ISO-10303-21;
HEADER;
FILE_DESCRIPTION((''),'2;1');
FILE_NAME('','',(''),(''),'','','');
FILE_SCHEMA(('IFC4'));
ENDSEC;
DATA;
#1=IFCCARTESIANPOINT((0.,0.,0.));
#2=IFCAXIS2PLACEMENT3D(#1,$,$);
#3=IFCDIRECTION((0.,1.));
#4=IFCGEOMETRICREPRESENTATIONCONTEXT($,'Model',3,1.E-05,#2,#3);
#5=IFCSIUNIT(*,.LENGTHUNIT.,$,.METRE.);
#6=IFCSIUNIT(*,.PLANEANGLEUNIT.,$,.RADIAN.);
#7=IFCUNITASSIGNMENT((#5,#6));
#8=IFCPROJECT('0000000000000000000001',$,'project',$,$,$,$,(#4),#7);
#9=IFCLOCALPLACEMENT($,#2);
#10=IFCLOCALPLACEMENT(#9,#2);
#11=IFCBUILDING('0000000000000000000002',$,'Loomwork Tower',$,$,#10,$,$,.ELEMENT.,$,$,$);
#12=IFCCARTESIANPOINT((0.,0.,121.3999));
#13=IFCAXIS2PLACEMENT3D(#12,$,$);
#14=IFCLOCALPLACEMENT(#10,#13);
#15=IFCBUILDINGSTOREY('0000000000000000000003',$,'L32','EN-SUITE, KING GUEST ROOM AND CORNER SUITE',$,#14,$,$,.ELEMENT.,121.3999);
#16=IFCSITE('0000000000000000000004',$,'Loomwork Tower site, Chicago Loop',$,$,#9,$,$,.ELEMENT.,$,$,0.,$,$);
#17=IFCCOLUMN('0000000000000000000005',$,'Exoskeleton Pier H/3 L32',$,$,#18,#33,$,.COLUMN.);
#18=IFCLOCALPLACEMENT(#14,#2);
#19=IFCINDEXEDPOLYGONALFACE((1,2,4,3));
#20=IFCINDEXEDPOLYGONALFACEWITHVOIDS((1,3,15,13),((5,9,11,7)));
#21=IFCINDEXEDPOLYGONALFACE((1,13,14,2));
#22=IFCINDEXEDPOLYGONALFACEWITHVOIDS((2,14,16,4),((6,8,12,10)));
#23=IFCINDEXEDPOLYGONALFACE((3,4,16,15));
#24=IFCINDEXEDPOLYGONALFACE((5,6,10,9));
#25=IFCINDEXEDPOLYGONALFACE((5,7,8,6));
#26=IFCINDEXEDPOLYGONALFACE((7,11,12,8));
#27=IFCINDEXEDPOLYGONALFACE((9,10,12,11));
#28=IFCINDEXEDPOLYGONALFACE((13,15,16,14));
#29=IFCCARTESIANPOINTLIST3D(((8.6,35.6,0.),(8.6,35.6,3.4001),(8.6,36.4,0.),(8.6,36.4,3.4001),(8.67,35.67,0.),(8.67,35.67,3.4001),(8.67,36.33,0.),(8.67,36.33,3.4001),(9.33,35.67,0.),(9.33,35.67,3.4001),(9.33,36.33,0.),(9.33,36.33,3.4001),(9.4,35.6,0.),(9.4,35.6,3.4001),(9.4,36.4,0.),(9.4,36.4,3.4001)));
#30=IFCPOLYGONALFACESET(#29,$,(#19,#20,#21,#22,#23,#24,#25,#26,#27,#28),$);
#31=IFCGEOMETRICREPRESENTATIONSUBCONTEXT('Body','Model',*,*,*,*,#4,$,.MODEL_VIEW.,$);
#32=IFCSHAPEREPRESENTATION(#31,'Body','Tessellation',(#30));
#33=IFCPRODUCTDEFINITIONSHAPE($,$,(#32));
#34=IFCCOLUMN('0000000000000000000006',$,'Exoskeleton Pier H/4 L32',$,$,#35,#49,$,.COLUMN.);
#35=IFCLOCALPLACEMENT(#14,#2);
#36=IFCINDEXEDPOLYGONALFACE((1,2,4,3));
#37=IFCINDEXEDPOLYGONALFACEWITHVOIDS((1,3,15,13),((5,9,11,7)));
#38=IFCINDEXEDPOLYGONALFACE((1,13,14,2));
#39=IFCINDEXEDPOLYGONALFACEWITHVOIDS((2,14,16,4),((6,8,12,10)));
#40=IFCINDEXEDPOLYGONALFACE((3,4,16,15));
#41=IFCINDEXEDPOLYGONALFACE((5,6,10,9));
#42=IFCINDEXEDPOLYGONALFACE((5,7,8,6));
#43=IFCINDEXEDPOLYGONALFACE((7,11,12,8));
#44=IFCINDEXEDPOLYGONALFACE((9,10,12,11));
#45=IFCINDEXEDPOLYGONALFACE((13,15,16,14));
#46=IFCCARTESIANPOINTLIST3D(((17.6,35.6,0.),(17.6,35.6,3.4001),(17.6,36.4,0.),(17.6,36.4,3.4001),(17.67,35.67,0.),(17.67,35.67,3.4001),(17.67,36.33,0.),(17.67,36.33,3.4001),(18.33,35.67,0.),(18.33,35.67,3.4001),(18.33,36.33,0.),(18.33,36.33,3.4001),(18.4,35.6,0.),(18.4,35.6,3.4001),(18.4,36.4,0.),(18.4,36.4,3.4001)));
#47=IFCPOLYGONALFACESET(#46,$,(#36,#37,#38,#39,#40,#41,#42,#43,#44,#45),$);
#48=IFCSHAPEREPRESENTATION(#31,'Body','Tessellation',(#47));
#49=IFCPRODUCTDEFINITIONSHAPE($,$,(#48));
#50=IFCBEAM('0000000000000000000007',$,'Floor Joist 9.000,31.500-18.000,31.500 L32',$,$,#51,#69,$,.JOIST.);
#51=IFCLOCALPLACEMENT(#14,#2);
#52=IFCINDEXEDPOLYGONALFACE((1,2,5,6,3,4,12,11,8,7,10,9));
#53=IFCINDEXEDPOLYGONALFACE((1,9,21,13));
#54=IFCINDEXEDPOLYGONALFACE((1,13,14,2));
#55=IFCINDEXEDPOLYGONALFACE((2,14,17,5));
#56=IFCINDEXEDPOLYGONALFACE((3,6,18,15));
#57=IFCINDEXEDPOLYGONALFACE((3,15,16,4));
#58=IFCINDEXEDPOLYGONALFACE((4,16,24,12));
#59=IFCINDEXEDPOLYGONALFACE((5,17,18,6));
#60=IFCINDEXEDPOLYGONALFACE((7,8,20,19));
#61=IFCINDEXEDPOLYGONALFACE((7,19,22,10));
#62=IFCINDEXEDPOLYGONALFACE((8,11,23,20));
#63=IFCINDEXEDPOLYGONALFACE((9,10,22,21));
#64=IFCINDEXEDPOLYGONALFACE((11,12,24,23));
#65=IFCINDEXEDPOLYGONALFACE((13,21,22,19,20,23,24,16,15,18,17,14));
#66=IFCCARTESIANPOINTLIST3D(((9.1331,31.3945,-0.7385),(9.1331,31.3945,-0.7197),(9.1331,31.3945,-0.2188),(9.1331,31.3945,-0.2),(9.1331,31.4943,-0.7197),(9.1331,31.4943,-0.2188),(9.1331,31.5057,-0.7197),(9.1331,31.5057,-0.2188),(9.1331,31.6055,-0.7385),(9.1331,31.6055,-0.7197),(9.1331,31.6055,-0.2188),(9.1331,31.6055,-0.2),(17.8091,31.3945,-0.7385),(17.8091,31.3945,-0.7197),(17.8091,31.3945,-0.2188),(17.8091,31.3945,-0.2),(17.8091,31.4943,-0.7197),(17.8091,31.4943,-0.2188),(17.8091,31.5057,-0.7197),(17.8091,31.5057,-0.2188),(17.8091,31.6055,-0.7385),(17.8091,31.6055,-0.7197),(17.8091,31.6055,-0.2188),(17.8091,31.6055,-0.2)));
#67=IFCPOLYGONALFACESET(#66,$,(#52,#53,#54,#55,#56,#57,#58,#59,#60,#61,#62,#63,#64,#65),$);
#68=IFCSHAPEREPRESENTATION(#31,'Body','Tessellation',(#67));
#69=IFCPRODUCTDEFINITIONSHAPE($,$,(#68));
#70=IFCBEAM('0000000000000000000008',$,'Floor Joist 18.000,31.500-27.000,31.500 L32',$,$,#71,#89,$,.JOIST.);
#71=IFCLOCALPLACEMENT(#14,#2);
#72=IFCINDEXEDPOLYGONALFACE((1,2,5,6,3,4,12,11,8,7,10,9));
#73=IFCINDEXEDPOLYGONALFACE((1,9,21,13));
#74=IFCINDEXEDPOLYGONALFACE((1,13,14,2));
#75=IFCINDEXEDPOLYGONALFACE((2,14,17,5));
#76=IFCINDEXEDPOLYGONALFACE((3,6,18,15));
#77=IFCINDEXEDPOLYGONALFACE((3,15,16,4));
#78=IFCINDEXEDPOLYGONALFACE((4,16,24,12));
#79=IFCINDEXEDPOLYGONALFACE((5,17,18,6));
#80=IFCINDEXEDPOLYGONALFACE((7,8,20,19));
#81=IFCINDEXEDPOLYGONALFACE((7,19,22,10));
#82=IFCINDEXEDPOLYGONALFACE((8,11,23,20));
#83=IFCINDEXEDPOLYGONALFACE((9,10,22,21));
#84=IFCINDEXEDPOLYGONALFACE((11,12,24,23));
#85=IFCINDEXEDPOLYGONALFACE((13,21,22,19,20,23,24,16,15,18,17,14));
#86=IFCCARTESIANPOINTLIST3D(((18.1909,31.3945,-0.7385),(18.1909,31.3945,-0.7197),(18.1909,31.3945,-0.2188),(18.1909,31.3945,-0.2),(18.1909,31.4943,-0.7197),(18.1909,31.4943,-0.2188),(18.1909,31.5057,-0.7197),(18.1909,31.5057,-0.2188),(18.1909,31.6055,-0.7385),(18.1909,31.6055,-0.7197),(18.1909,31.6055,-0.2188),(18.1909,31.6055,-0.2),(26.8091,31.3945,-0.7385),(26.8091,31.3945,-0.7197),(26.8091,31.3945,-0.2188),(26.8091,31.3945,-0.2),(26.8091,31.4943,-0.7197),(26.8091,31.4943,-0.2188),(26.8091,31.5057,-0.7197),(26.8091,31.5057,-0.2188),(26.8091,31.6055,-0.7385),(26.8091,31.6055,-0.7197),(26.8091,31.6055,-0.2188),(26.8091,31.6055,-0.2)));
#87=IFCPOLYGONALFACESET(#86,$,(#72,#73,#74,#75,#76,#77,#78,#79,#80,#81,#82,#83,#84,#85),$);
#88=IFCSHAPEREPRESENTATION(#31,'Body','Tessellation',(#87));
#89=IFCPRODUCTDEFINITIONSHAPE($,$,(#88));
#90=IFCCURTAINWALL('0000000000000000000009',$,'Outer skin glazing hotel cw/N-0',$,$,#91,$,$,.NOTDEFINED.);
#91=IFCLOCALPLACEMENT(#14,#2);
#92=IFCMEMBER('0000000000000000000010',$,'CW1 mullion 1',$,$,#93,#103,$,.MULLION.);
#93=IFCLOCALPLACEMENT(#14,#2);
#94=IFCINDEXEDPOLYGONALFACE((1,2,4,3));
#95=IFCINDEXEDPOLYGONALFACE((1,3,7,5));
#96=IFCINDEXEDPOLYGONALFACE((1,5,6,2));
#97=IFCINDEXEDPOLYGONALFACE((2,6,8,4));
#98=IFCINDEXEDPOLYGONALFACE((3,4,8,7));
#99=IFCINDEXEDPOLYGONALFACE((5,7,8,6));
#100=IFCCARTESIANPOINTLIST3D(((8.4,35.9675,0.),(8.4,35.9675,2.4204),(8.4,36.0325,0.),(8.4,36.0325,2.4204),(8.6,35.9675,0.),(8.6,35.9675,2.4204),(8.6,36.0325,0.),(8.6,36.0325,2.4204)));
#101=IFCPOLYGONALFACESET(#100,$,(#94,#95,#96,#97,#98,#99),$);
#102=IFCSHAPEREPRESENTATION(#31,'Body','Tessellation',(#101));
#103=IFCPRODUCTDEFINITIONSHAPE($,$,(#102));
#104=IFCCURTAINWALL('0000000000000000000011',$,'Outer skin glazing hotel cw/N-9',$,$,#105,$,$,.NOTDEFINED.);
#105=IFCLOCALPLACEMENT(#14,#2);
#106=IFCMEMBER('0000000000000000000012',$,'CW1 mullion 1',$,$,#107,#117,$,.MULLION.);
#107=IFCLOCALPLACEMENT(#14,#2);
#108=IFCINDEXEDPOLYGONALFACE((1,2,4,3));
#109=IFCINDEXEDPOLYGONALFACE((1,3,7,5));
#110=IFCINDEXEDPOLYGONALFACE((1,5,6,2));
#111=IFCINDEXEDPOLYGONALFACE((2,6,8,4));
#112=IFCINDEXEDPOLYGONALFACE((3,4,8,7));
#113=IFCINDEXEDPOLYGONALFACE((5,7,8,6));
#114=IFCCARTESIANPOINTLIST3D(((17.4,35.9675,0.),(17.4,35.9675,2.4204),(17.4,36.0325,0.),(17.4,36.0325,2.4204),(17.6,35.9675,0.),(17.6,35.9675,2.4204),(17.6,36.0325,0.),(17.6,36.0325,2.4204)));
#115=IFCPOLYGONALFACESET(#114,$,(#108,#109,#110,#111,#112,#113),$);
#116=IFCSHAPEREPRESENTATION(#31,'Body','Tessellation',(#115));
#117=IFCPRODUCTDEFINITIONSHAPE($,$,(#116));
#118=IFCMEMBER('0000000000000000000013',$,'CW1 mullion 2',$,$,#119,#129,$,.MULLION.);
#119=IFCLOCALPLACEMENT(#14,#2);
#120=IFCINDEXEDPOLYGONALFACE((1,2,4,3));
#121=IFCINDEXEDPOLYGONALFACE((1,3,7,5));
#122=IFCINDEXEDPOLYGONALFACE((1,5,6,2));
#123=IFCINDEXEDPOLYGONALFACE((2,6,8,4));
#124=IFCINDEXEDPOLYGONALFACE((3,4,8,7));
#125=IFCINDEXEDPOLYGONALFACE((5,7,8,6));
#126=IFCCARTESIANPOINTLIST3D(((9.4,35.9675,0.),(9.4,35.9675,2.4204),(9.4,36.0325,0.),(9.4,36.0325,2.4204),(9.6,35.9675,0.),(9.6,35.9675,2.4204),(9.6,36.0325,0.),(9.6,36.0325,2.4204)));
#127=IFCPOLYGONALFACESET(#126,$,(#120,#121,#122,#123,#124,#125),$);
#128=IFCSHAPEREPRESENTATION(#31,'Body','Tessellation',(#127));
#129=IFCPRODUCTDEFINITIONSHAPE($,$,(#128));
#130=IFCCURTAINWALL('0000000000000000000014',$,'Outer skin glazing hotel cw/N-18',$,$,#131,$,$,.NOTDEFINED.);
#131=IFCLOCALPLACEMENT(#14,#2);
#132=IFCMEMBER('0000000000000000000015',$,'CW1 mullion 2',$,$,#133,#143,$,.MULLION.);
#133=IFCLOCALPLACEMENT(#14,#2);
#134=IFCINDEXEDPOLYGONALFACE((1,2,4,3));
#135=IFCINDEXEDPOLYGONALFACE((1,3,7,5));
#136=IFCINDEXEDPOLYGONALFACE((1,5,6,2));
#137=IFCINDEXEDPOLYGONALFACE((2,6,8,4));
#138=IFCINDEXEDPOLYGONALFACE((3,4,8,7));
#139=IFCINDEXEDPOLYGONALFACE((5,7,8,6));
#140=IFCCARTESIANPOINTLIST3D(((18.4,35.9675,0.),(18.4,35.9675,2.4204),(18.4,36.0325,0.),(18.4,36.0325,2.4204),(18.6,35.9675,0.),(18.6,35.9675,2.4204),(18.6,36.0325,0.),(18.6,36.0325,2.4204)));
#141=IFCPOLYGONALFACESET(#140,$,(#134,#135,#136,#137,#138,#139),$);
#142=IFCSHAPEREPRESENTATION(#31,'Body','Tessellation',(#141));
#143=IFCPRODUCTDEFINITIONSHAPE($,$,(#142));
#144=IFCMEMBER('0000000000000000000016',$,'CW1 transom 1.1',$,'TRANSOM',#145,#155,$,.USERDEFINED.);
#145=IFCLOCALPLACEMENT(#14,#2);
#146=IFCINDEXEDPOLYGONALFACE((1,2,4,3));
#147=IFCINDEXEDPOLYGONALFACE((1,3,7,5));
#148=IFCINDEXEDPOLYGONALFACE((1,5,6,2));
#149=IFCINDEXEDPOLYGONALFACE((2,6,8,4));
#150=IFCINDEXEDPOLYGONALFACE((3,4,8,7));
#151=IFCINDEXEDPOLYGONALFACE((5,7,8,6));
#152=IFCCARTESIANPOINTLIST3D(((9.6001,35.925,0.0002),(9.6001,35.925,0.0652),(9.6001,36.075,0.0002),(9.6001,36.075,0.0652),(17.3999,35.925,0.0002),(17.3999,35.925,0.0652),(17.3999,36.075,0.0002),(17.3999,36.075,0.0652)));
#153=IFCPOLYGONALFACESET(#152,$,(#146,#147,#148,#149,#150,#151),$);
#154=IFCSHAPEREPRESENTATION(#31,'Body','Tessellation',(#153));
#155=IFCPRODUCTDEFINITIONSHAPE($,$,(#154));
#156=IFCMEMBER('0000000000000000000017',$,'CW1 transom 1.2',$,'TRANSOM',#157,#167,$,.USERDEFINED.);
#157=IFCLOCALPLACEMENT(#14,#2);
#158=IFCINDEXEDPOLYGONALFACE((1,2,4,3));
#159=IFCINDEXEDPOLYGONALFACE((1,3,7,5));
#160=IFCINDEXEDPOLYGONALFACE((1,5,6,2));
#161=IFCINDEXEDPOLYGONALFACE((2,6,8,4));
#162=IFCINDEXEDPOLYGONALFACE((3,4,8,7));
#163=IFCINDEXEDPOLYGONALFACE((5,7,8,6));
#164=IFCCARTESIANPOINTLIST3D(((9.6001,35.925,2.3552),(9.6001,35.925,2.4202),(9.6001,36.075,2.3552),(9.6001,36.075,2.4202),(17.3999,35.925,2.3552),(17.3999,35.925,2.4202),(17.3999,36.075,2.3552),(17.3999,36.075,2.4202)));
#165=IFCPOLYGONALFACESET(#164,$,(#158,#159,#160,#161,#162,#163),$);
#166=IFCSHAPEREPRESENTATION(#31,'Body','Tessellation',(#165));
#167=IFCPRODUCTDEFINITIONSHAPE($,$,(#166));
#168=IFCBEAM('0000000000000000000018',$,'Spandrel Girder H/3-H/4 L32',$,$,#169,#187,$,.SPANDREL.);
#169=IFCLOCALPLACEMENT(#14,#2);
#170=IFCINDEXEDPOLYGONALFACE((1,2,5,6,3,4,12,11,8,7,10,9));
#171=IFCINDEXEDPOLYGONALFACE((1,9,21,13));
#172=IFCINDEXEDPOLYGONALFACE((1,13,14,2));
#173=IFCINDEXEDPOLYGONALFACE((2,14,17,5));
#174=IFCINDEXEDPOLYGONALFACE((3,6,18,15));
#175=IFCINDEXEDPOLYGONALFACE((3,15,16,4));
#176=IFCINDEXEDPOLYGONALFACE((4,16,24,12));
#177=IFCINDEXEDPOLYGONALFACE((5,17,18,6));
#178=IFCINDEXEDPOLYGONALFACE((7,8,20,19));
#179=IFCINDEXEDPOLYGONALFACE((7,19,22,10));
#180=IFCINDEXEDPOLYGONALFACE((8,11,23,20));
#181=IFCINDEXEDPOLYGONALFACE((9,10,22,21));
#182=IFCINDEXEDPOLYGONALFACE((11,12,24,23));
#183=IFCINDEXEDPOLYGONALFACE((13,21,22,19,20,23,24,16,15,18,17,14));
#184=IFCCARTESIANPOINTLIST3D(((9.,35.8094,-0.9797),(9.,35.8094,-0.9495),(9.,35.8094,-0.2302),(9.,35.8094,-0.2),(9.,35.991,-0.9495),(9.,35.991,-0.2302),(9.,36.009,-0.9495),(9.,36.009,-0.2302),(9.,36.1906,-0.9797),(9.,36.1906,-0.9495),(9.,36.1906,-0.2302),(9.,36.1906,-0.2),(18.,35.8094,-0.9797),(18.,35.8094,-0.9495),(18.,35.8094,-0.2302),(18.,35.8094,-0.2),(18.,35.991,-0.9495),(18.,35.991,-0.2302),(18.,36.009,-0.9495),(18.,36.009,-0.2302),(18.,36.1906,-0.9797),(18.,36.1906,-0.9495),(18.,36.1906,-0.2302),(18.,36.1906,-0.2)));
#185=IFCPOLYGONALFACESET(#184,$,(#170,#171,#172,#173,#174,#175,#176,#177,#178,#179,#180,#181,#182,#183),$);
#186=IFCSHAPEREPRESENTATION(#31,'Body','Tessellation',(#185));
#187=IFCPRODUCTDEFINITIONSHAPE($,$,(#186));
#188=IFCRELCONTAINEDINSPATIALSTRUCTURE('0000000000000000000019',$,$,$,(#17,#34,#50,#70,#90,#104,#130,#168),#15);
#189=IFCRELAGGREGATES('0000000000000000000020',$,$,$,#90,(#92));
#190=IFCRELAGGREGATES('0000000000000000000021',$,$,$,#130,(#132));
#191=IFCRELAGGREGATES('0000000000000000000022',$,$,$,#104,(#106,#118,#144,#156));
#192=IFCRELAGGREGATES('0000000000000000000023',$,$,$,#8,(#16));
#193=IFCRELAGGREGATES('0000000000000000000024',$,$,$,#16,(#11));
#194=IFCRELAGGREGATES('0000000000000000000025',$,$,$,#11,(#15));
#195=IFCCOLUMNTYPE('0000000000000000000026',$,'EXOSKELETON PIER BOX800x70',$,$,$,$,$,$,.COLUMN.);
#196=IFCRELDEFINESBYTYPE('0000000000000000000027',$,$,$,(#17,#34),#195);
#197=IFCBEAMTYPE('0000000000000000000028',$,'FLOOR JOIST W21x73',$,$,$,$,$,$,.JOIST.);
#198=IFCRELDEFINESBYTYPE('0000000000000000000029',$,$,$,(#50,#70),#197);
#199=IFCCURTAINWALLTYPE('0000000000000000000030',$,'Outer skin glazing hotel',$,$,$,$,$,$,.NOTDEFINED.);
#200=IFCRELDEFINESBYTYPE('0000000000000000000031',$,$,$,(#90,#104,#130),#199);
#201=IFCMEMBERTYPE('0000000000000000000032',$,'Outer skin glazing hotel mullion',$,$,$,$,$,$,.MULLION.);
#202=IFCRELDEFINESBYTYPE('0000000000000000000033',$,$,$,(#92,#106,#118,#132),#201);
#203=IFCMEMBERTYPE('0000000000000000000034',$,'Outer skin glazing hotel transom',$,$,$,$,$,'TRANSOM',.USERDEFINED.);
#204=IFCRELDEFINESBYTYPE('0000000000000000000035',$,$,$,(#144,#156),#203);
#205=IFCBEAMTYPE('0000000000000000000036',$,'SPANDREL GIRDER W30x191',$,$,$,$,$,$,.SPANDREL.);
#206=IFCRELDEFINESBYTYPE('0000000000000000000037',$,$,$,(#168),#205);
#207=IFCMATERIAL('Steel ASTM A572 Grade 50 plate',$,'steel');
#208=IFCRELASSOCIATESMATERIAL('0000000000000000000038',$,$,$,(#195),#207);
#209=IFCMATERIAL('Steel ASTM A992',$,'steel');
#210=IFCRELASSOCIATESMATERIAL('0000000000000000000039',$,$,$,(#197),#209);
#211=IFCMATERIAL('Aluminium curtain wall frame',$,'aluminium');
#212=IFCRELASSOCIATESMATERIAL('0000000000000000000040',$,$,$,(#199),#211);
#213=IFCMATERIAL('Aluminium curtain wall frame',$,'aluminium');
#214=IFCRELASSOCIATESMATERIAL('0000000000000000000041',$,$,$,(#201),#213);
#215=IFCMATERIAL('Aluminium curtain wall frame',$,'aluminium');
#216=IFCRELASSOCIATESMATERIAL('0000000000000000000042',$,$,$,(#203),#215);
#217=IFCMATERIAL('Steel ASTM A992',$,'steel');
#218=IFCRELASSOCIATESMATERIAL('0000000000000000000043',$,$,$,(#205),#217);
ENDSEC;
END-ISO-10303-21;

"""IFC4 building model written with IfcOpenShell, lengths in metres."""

from ifc_helpers import new_model, si_unit, direction, frame, origin, origin_2d, place, context, subcontext, project, spatial, rectangle, hollow_rectangle, i_section, extrude, material, material_profile, profile_set, type_object, element, aggregate, save


model = new_model("IFC4")

# Units and contexts
model_context = context("Model", 3, precision=1e-05, world=origin(), true_north=direction((0.0, 1.0)))
body_context = subcontext(model_context, "Body", "Model", "MODEL_VIEW")
ifc_project = project(units=[si_unit("LENGTHUNIT", "METRE"), si_unit("PLANEANGLEUNIT", "RADIAN")], contexts=[model_context])

# Site, building, storey
site_placement = place(None, origin())
site = spatial("IfcSite", under=ifc_project, at=site_placement, Name="Loomwork Tower site, Chicago Loop", CompositionType="ELEMENT", RefElevation=0.0)
building_placement = place(site_placement, origin())
building = spatial("IfcBuilding", under=site, at=building_placement, Name="Loomwork Tower", CompositionType="ELEMENT")
storey_placement = place(building_placement, frame((0.0, 0.0, 121.3999)))
storey = spatial("IfcBuildingStorey", under=building, at=storey_placement, Name="L32", Description="EN-SUITE, KING GUEST ROOM AND CORNER SUITE", CompositionType="ELEMENT", Elevation=121.3999)

# Columns
ifc_material_1 = material(Name="Steel ASTM A572 Grade 50 plate", Category="steel")
ifc_material_profile_1 = material_profile(ifc_material_1, hollow_rectangle(XDim=0.8, YDim=0.8, WallThickness=0.0701, at=origin_2d()), Name="BOX800x70")
ifc_profile_set_1 = profile_set([ifc_material_profile_1], Name="Steel ASTM A572 Grade 50 plate")
column_type = type_object("IfcColumnType", Name="EXOSKELETON PIER BOX800x70", PredefinedType="COLUMN", material=ifc_profile_set_1)
for number, where, z_axis, x_axis, name in (
    (1, (9.0, 36.0, 0.0), (0.0, 0.0, 1.0), (1.0, 0.0, 0.0), "Exoskeleton Pier H/3 L32"),
    (2, (18.0, 36.0, 0.0), (0.0, 0.0, 1.0), (1.0, 0.0, 0.0), "Exoskeleton Pier H/4 L32"),
):
    element("IfcColumn", number, at=place(storey_placement, frame(where, z_axis=z_axis, x_axis=x_axis)), inside=storey, type_object=column_type, Name=name, PredefinedType="COLUMN", context=body_context, shape_type="SweptSolid", body=[
        extrude(hollow_rectangle(XDim=0.8, YDim=0.8, WallThickness=0.0701, at=origin_2d()), origin(), (0.0, 0.0, 1.0), 3.4001),
    ])

# Beams
ifc_material_2 = material(Name="Steel ASTM A992", Category="steel")
ifc_material_profile_2 = material_profile(ifc_material_2, i_section(OverallWidth=0.2109, OverallDepth=0.5386, WebThickness=0.0115, FlangeThickness=0.0188, at=origin_2d()), Name="W21x73")
ifc_profile_set_2 = profile_set([ifc_material_profile_2], Name="Steel ASTM A992")
beam_type_1 = type_object("IfcBeamType", Name="FLOOR JOIST W21x73", PredefinedType="JOIST", material=ifc_profile_set_2)
beam_1_placement = place(storey_placement, frame((9.1331, 31.5, -0.4692), z_axis=(1.0, 0.0, 0.0), x_axis=(0.0, 1.0, 0.0)))
element("IfcBeam", 3, at=beam_1_placement, inside=storey, type_object=beam_type_1, Name="Floor Joist 9.000,31.500-18.000,31.500 L32", PredefinedType="JOIST", context=body_context, shape_type="SweptSolid", body=[
    extrude(i_section(OverallWidth=0.2109, OverallDepth=0.5386, WebThickness=0.0115, FlangeThickness=0.0188, at=origin_2d()), origin(), (0.0, 0.0, 1.0), 8.676),
])
beam_2_placement = place(storey_placement, frame((18.1909, 31.5, -0.4692), z_axis=(1.0, 0.0, 0.0), x_axis=(0.0, 1.0, 0.0)))
element("IfcBeam", 4, at=beam_2_placement, inside=storey, type_object=beam_type_1, Name="Floor Joist 18.000,31.500-27.000,31.500 L32", PredefinedType="JOIST", context=body_context, shape_type="SweptSolid", body=[
    extrude(i_section(OverallWidth=0.2109, OverallDepth=0.5386, WebThickness=0.0115, FlangeThickness=0.0188, at=origin_2d()), origin(), (0.0, 0.0, 1.0), 8.6182),
])

# Curtain wall, member
ifc_material_3 = material(Name="Aluminium curtain wall frame", Category="aluminium")
curtain_wall_type = type_object("IfcCurtainWallType", Name="Outer skin glazing hotel", PredefinedType="NOTDEFINED", material=ifc_material_3)
curtain_wall_1_placement = place(storey_placement, origin())
curtain_wall_1 = element("IfcCurtainWall", 5, at=curtain_wall_1_placement, inside=storey, type_object=curtain_wall_type, Name="Outer skin glazing hotel cw/N-0", PredefinedType="NOTDEFINED")
ifc_material_4 = material(Name="Aluminium curtain wall frame", Category="aluminium")
ifc_material_profile_3 = material_profile(ifc_material_4, rectangle(XDim=0.0649, YDim=0.2, at=origin_2d()), Name="AL 65x200")
ifc_profile_set_3 = profile_set([ifc_material_profile_3], Name="Aluminium curtain wall frame")
member_type_1 = type_object("IfcMemberType", Name="Outer skin glazing hotel mullion", PredefinedType="MULLION", material=ifc_profile_set_3)
member_1_placement = place(storey_placement, frame((8.5, 36.0, 0.0), z_axis=(0.0, 0.0, 1.0), x_axis=(0.0, -1.0, 0.0)))
member_1 = element("IfcMember", 6, at=member_1_placement, type_object=member_type_1, Name="CW1 mullion 1", PredefinedType="MULLION", context=body_context, shape_type="SweptSolid", body=[
    extrude(rectangle(XDim=0.0649, YDim=0.2, at=origin_2d()), origin(), (0.0, 0.0, 1.0), 2.4204),
])
aggregate(curtain_wall_1, [member_1])

# Curtain wall, members
curtain_wall_2_placement = place(storey_placement, origin())
curtain_wall_2 = element("IfcCurtainWall", 7, at=curtain_wall_2_placement, inside=storey, type_object=curtain_wall_type, Name="Outer skin glazing hotel cw/N-9", PredefinedType="NOTDEFINED")
member_2_placement = place(storey_placement, frame((17.5, 36.0, 0.0), z_axis=(0.0, 0.0, 1.0), x_axis=(0.0, -1.0, 0.0)))
member_2 = element("IfcMember", 8, at=member_2_placement, type_object=member_type_1, Name="CW1 mullion 1", PredefinedType="MULLION", context=body_context, shape_type="SweptSolid", body=[
    extrude(rectangle(XDim=0.0649, YDim=0.2, at=origin_2d()), origin(), (0.0, 0.0, 1.0), 2.4204),
])
member_3_placement = place(storey_placement, frame((9.5, 36.0, 0.0), z_axis=(0.0, 0.0, 1.0), x_axis=(0.0, -1.0, 0.0)))
member_3 = element("IfcMember", 9, at=member_3_placement, type_object=member_type_1, Name="CW1 mullion 2", PredefinedType="MULLION", context=body_context, shape_type="SweptSolid", body=[
    extrude(rectangle(XDim=0.0649, YDim=0.2, at=origin_2d()), origin(), (0.0, 0.0, 1.0), 2.4204),
])

# Curtain wall, member
curtain_wall_3_placement = place(storey_placement, origin())
curtain_wall_3 = element("IfcCurtainWall", 10, at=curtain_wall_3_placement, inside=storey, type_object=curtain_wall_type, Name="Outer skin glazing hotel cw/N-18", PredefinedType="NOTDEFINED")
member_4_placement = place(storey_placement, frame((18.5, 36.0, 0.0), z_axis=(0.0, 0.0, 1.0), x_axis=(0.0, -1.0, 0.0)))
member_4 = element("IfcMember", 11, at=member_4_placement, type_object=member_type_1, Name="CW1 mullion 2", PredefinedType="MULLION", context=body_context, shape_type="SweptSolid", body=[
    extrude(rectangle(XDim=0.0649, YDim=0.2, at=origin_2d()), origin(), (0.0, 0.0, 1.0), 2.4204),
])
aggregate(curtain_wall_3, [member_4])

# Members
ifc_material_5 = material(Name="Aluminium curtain wall frame", Category="aluminium")
ifc_material_profile_4 = material_profile(ifc_material_5, rectangle(XDim=0.1499, YDim=0.0649, at=origin_2d()), Name="AL 65x150")
ifc_profile_set_4 = profile_set([ifc_material_profile_4], Name="Aluminium curtain wall frame")
member_type_2 = type_object("IfcMemberType", Name="Outer skin glazing hotel transom", ElementType="TRANSOM", PredefinedType="USERDEFINED", material=ifc_profile_set_4)
member_5_placement = place(storey_placement, frame((17.3999, 36.0, 0.0327), z_axis=(-1.0, 0.0, 0.0), x_axis=(0.0, -1.0, 0.0)))
member_5 = element("IfcMember", 12, at=member_5_placement, type_object=member_type_2, Name="CW1 transom 1.1", ObjectType="TRANSOM", PredefinedType="USERDEFINED", context=body_context, shape_type="SweptSolid", body=[
    extrude(rectangle(XDim=0.1499, YDim=0.0649, at=origin_2d()), origin(), (0.0, 0.0, 1.0), 7.7998),
])
member_6_placement = place(storey_placement, frame((17.3999, 36.0, 2.3877), z_axis=(-1.0, 0.0, 0.0), x_axis=(0.0, -1.0, 0.0)))
member_6 = element("IfcMember", 13, at=member_6_placement, type_object=member_type_2, Name="CW1 transom 1.2", ObjectType="TRANSOM", PredefinedType="USERDEFINED", context=body_context, shape_type="SweptSolid", body=[
    extrude(rectangle(XDim=0.1499, YDim=0.0649, at=origin_2d()), origin(), (0.0, 0.0, 1.0), 7.7998),
])

# Beam
ifc_material_6 = material(Name="Steel ASTM A992", Category="steel")
ifc_material_profile_5 = material_profile(ifc_material_6, i_section(OverallWidth=0.3811, OverallDepth=0.7798, WebThickness=0.0181, FlangeThickness=0.0303, at=origin_2d()), Name="W30x191")
ifc_profile_set_5 = profile_set([ifc_material_profile_5], Name="Steel ASTM A992")
beam_type_2 = type_object("IfcBeamType", Name="SPANDREL GIRDER W30x191", PredefinedType="SPANDREL", material=ifc_profile_set_5)
for number, where, z_axis, x_axis, name in (
    (14, (9.0, 36.0, -0.5898), (1.0, 0.0, 0.0), (0.0, 1.0, 0.0), "Spandrel Girder H/3-H/4 L32"),
):
    element("IfcBeam", number, at=place(storey_placement, frame(where, z_axis=z_axis, x_axis=x_axis)), inside=storey, type_object=beam_type_2, Name=name, PredefinedType="SPANDREL", context=body_context, shape_type="SweptSolid", body=[
        extrude(i_section(OverallWidth=0.3811, OverallDepth=0.7798, WebThickness=0.0181, FlangeThickness=0.0303, at=origin_2d()), origin(), (0.0, 0.0, 1.0), 9.0),
    ])

aggregate(curtain_wall_2, [member_2, member_3, member_5, member_6])

save(model, "model.ifc")
